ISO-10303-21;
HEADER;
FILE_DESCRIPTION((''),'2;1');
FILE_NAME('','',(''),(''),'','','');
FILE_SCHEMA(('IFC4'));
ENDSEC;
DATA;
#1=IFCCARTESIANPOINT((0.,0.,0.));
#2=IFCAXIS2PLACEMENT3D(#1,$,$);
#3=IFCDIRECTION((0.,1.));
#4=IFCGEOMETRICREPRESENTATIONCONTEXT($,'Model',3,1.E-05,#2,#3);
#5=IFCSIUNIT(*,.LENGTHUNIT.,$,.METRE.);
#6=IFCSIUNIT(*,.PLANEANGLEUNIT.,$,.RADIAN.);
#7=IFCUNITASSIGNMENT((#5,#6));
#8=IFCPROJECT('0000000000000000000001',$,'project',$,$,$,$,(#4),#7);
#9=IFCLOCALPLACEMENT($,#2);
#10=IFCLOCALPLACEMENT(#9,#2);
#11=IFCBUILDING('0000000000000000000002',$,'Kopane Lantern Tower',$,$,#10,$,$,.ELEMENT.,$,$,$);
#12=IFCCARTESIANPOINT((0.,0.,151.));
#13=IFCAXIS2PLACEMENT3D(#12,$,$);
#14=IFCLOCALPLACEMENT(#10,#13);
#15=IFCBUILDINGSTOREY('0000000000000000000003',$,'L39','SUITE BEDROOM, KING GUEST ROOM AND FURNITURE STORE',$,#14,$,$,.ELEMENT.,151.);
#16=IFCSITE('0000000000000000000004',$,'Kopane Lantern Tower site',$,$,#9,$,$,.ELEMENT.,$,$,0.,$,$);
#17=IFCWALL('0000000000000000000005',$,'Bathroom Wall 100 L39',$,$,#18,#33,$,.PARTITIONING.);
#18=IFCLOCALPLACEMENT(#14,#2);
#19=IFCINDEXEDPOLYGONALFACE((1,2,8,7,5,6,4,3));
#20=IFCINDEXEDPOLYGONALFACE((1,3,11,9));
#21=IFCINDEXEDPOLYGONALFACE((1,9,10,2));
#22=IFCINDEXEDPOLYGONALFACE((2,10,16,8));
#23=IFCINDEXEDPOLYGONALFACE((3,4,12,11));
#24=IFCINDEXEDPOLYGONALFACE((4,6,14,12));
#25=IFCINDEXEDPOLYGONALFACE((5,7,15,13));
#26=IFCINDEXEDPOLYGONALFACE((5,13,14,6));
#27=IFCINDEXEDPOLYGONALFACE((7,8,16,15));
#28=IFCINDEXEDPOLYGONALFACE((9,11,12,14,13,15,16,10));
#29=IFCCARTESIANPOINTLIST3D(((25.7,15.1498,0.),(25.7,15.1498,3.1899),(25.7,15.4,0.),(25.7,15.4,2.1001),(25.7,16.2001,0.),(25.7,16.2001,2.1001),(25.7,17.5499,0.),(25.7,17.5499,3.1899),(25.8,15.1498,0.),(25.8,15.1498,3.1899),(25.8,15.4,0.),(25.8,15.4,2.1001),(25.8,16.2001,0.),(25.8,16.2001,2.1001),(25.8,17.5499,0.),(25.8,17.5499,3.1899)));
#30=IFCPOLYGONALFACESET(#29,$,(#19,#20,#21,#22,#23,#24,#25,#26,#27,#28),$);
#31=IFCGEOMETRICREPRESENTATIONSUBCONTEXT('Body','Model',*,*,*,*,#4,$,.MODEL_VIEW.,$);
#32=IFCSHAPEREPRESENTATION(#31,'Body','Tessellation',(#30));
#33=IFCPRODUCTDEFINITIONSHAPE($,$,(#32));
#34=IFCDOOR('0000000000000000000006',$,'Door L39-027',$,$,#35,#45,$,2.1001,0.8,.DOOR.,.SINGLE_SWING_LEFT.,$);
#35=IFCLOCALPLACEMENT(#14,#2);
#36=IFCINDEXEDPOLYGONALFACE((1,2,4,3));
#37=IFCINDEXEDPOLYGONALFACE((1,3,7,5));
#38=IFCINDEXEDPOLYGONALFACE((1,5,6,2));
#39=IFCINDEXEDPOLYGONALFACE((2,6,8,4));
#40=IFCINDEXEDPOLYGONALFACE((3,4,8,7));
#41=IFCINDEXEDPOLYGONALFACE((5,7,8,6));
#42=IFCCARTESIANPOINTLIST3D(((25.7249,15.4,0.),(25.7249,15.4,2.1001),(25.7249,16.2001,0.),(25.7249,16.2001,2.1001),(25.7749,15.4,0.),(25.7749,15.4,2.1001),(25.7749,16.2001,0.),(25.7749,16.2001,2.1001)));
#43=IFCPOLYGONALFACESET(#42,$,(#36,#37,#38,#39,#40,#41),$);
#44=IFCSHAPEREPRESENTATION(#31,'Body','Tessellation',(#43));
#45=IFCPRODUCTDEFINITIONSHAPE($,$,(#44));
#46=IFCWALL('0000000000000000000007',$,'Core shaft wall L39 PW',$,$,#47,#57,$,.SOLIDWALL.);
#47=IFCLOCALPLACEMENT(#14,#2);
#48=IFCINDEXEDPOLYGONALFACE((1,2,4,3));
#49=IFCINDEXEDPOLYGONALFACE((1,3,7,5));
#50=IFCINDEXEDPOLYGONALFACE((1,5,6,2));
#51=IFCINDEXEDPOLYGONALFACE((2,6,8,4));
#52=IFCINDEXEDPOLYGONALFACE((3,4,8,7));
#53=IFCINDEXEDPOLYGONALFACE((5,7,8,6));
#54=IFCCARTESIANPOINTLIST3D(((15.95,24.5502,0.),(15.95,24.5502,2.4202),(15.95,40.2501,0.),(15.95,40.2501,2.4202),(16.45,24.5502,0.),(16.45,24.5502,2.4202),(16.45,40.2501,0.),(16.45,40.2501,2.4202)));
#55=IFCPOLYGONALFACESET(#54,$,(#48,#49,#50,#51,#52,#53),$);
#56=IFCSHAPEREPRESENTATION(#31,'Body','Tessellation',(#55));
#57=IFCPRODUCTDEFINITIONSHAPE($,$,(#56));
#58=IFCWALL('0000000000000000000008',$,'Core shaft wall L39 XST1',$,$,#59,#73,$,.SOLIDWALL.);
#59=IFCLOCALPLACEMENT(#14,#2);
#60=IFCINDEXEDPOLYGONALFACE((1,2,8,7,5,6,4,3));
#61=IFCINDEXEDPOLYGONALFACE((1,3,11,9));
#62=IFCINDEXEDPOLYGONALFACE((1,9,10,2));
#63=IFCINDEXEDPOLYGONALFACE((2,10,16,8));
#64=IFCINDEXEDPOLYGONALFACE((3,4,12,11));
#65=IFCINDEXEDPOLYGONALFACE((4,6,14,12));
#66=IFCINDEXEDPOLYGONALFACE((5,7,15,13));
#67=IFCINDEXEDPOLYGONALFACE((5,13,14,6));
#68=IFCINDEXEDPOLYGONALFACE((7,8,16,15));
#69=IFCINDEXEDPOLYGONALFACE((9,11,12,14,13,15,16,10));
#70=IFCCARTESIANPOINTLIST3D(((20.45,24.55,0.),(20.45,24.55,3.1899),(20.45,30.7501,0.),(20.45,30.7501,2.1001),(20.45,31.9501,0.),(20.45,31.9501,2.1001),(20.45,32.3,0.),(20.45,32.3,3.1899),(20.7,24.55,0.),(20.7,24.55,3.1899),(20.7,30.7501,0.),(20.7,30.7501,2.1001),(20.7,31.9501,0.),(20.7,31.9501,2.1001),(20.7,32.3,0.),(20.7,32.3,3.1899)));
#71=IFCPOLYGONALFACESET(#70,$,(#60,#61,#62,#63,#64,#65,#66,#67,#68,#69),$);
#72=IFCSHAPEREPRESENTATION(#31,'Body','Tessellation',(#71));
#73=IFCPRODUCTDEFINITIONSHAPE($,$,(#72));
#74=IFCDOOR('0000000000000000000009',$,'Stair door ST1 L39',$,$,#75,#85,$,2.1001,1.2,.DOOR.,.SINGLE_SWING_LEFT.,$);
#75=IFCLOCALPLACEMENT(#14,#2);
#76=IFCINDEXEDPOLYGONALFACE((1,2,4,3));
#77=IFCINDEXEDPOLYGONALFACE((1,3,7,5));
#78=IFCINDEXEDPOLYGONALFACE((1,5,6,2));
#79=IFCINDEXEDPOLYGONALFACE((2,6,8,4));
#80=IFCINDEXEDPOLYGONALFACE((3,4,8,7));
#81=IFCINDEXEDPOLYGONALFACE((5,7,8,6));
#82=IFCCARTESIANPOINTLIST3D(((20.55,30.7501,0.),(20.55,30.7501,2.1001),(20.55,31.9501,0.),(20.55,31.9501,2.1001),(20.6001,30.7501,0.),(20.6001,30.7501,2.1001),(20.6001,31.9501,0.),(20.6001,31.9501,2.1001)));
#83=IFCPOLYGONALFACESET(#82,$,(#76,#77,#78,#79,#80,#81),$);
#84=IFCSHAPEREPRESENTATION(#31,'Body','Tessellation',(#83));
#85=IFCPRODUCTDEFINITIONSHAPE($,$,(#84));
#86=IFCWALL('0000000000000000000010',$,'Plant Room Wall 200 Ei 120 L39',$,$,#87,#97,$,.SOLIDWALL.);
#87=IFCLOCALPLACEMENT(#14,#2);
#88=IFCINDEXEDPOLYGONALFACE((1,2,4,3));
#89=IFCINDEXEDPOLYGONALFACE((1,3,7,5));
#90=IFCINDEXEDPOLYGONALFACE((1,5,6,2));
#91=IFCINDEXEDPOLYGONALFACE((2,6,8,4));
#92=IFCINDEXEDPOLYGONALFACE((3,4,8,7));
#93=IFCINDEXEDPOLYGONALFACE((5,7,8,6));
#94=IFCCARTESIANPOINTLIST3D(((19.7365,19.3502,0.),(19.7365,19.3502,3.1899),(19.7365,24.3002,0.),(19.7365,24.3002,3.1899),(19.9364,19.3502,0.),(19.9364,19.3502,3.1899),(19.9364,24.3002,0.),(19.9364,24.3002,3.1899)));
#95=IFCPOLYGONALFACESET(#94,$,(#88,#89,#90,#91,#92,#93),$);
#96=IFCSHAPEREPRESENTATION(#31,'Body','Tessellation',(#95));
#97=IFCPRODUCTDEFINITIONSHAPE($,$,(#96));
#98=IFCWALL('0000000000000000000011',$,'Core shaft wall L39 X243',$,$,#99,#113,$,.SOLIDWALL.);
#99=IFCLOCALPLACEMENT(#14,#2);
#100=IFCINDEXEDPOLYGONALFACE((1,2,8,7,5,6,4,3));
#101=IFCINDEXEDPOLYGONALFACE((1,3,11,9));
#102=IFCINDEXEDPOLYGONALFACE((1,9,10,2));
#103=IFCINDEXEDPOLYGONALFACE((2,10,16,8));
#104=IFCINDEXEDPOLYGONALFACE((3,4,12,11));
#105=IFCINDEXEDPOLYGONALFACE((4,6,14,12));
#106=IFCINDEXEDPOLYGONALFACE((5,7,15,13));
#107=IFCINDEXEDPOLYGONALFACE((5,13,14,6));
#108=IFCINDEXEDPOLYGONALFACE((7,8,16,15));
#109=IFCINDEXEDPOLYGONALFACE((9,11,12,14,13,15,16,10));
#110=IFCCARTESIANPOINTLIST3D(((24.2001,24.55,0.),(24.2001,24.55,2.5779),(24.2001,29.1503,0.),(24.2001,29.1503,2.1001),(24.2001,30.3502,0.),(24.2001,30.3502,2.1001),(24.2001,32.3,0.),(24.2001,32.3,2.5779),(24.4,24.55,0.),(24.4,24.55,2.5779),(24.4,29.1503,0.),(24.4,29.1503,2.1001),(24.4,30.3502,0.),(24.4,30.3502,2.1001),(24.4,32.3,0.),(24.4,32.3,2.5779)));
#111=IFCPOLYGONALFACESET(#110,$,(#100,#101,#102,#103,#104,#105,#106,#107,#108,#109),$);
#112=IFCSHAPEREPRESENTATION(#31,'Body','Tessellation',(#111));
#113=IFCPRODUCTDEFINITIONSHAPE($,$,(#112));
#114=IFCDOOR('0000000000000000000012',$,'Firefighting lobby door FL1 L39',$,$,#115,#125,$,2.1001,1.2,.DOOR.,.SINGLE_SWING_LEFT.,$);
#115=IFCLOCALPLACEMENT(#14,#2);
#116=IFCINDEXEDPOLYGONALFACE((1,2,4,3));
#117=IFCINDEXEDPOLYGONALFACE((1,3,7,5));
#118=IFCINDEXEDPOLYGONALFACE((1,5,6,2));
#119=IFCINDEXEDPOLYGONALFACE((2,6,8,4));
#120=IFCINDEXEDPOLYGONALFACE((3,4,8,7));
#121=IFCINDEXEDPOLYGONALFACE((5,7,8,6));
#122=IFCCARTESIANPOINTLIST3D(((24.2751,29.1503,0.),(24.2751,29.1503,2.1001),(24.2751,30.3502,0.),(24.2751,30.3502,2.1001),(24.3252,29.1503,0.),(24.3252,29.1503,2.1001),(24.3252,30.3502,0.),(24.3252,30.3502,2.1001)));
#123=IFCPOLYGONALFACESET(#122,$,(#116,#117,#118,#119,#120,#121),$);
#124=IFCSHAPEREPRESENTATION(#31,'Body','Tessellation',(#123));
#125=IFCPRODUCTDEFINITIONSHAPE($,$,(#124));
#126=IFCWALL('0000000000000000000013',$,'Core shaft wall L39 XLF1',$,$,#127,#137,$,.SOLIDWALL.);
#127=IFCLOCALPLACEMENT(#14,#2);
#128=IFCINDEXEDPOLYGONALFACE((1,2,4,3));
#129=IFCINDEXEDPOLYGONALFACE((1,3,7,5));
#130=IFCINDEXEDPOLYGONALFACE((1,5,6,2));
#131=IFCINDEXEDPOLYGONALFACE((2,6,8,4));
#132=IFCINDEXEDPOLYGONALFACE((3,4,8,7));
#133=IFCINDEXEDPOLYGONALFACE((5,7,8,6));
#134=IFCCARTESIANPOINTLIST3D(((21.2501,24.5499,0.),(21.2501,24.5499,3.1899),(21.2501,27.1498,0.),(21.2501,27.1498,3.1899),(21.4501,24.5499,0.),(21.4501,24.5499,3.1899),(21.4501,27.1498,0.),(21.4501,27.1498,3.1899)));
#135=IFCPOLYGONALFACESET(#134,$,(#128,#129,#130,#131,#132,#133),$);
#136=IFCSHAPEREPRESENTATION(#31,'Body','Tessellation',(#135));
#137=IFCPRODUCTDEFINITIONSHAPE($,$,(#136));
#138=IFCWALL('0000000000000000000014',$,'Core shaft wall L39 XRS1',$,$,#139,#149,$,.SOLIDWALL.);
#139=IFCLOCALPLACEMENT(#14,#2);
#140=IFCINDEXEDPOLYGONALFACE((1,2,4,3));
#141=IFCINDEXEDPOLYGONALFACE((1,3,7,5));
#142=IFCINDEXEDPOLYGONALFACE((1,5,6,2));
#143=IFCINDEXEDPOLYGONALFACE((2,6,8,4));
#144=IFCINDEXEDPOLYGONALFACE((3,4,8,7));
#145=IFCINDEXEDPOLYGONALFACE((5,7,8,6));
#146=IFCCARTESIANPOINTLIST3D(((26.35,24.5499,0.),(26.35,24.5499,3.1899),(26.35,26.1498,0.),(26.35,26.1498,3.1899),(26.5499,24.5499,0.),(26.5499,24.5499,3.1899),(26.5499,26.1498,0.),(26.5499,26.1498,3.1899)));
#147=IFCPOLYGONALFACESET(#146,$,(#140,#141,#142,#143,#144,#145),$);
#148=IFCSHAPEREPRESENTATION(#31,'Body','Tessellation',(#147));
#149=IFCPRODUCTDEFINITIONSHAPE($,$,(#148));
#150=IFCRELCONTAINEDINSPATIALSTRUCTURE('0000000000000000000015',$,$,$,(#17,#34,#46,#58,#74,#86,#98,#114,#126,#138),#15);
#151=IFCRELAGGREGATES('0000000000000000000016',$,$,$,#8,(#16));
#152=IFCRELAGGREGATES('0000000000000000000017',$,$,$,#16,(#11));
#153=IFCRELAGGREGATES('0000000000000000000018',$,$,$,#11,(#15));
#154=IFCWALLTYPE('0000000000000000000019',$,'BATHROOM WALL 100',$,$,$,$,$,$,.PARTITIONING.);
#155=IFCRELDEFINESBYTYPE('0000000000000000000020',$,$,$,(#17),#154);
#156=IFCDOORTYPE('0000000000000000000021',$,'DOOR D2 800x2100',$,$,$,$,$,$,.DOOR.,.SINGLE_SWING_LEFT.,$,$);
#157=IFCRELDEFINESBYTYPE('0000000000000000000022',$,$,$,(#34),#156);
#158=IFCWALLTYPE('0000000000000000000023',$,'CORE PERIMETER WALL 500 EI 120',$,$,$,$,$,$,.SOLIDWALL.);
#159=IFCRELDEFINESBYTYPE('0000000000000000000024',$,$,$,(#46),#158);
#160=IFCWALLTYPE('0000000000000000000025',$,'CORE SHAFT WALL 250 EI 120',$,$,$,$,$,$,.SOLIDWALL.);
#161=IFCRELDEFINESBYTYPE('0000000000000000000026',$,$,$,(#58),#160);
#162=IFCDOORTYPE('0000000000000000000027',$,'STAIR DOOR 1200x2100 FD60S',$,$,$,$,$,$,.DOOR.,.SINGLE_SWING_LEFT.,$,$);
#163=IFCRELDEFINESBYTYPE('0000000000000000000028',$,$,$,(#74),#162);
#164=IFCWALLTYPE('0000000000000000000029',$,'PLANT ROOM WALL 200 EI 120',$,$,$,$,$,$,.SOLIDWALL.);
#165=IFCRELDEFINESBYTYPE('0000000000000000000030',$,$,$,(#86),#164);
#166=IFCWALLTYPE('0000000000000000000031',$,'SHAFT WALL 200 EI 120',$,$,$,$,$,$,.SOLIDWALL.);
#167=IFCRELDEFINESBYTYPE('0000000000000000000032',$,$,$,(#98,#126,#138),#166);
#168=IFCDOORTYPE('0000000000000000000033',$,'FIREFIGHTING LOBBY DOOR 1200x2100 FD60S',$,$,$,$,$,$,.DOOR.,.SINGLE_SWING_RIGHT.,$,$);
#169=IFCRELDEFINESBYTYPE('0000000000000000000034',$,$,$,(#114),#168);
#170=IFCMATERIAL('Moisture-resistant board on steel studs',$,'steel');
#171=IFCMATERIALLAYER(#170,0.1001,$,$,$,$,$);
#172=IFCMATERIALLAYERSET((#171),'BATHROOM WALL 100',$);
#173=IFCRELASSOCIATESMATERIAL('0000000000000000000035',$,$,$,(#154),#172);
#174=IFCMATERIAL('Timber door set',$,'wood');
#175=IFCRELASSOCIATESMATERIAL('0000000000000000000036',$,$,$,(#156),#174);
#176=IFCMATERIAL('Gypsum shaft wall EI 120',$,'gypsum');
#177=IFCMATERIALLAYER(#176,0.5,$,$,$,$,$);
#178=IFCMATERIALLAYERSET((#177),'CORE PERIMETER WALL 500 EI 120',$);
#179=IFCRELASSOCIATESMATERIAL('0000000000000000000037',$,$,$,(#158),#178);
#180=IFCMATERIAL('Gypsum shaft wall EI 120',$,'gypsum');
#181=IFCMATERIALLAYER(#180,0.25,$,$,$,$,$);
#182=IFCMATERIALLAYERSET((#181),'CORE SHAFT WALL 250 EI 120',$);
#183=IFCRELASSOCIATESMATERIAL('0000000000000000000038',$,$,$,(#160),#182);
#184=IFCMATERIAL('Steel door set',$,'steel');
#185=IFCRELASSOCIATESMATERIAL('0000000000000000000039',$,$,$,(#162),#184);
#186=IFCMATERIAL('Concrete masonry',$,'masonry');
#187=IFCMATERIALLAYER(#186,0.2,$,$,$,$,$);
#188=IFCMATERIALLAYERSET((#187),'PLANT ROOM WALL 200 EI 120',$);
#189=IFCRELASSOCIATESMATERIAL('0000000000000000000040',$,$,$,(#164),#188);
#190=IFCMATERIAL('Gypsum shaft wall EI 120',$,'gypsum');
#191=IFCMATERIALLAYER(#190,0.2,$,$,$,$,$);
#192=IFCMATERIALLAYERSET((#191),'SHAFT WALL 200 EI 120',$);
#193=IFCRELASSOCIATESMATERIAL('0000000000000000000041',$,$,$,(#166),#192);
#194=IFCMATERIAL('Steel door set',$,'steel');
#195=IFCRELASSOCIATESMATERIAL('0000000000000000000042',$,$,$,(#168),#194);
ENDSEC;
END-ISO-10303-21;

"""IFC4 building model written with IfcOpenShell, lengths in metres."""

from ifc_helpers import new_model, si_unit, direction, frame, frame_2d, origin, place, context, subcontext, project, spatial, rectangle, extrude, material, layer, layer_set, type_object, element, fill, save


model = new_model("IFC4")

# Units and contexts
model_context = context("Model", 3, precision=1e-05, world=origin(), true_north=direction((0.0, 1.0)))
body_context = subcontext(model_context, "Body", "Model", "MODEL_VIEW")
ifc_project = project(units=[si_unit("LENGTHUNIT", "METRE"), si_unit("PLANEANGLEUNIT", "RADIAN")], contexts=[model_context])

# Site, building, storey
site_placement = place(None, origin())
site = spatial("IfcSite", under=ifc_project, at=site_placement, Name="Kopane Lantern Tower site", CompositionType="ELEMENT", RefElevation=0.0)
building_placement = place(site_placement, origin())
building = spatial("IfcBuilding", under=site, at=building_placement, Name="Kopane Lantern Tower", CompositionType="ELEMENT")
storey_placement = place(building_placement, frame((0.0, 0.0, 151.0)))
storey = spatial("IfcBuildingStorey", under=building, at=storey_placement, Name="L39", Description="SUITE BEDROOM, KING GUEST ROOM AND FURNITURE STORE", CompositionType="ELEMENT", Elevation=151.0)

# Wall, opening, door
ifc_material_1 = material(Name="Moisture-resistant board on steel studs", Category="steel")
ifc_layer_1 = layer(ifc_material_1, 0.1001)
ifc_layer_set_1 = layer_set([ifc_layer_1], Name="BATHROOM WALL 100")
wall_type_1 = type_object("IfcWallType", Name="BATHROOM WALL 100", PredefinedType="PARTITIONING", material=ifc_layer_set_1)
ifc_material_2 = material(Name="Timber door set", Category="wood")
door_type_1 = type_object("IfcDoorType", Name="DOOR D2 800x2100", OperationType="SINGLE_SWING_LEFT", PredefinedType="DOOR", material=ifc_material_2)
wall_1_placement = place(storey_placement, frame((25.75, 17.55, 0.0), z_axis=(0.0, 0.0, 1.0), x_axis=(0.0, -1.0, 0.0)))
wall_1 = element("IfcWall", 1, at=wall_1_placement, inside=storey, type_object=wall_type_1, Name="Bathroom Wall 100 L39", PredefinedType="PARTITIONING", context=body_context, shape_type="SweptSolid", body=[
    extrude(rectangle(XDim=2.4001, YDim=0.1001, at=frame_2d((1.2002, 0.0))), origin(), (0.0, 0.0, 1.0), 3.1899),
])
opening_1_placement = place(wall_1_placement, frame((1.3501, 0.0, 0.0)))
opening_1 = element("IfcOpeningElement", 2, at=opening_1_placement, cuts=wall_1, PredefinedType="OPENING", context=body_context, shape_type="SweptSolid", body=[
    extrude(rectangle(XDim=0.8, YDim=2.1001, at=frame_2d((0.3999, 1.05))), frame((0.0, 0.0601, 0.0), z_axis=(0.0, -1.0, 0.0), x_axis=(1.0, 0.0, 0.0)), (0.0, 0.0, 1.0), 0.1201),
])
door_1_placement = place(opening_1_placement, origin())
door_1 = element("IfcDoor", 3, at=door_1_placement, inside=storey, type_object=door_type_1, Name="Door L39-027", OperationType="SINGLE_SWING_LEFT", OverallHeight=2.1001, OverallWidth=0.8, PredefinedType="DOOR", context=body_context, shape_type="SweptSolid", body=[
    extrude(rectangle(XDim=0.8, YDim=2.1001, at=frame_2d((0.3999, 1.05))), frame((0.0, 0.0249, 0.0), z_axis=(0.0, -1.0, 0.0), x_axis=(1.0, 0.0, 0.0)), (0.0, 0.0, 1.0), 0.05),
])
fill(opening_1, door_1)

# Wall
ifc_material_3 = material(Name="Gypsum shaft wall EI 120", Category="gypsum")
ifc_layer_2 = layer(ifc_material_3, 0.5)
ifc_layer_set_2 = layer_set([ifc_layer_2], Name="CORE PERIMETER WALL 500 EI 120")
wall_type_2 = type_object("IfcWallType", Name="CORE PERIMETER WALL 500 EI 120", PredefinedType="SOLIDWALL", material=ifc_layer_set_2)
wall_2_placement = place(storey_placement, frame((16.2, 24.55, 0.0), z_axis=(0.0, 0.0, 1.0), x_axis=(0.0, 1.0, 0.0)))
element("IfcWall", 4, at=wall_2_placement, inside=storey, type_object=wall_type_2, Name="Core shaft wall L39 PW", PredefinedType="SOLIDWALL", context=body_context, shape_type="SweptSolid", body=[
    extrude(rectangle(XDim=15.7, YDim=0.5, at=frame_2d((7.8501, 0.0))), origin(), (0.0, 0.0, 1.0), 2.4202),
])

# Wall, opening, door
ifc_material_4 = material(Name="Gypsum shaft wall EI 120", Category="gypsum")
ifc_layer_3 = layer(ifc_material_4, 0.25)
ifc_layer_set_3 = layer_set([ifc_layer_3], Name="CORE SHAFT WALL 250 EI 120")
wall_type_3 = type_object("IfcWallType", Name="CORE SHAFT WALL 250 EI 120", PredefinedType="SOLIDWALL", material=ifc_layer_set_3)
wall_3_placement = place(storey_placement, frame((20.575, 24.55, 0.0), z_axis=(0.0, 0.0, 1.0), x_axis=(0.0, 1.0, 0.0)))
wall_3 = element("IfcWall", 5, at=wall_3_placement, inside=storey, type_object=wall_type_3, Name="Core shaft wall L39 XST1", PredefinedType="SOLIDWALL", context=body_context, shape_type="SweptSolid", body=[
    extrude(rectangle(XDim=7.75, YDim=0.25, at=frame_2d((3.875, 0.0))), origin(), (0.0, 0.0, 1.0), 3.1899),
])
opening_2_placement = place(wall_3_placement, frame((6.2, 0.0, 0.0)))
opening_2 = element("IfcOpeningElement", 6, at=opening_2_placement, cuts=wall_3, PredefinedType="OPENING", context=body_context, shape_type="SweptSolid", body=[
    extrude(rectangle(XDim=1.2, YDim=2.1001, at=frame_2d((0.6001, 1.05))), frame((0.0, 0.135, 0.0), z_axis=(0.0, -1.0, 0.0), x_axis=(1.0, 0.0, 0.0)), (0.0, 0.0, 1.0), 0.27),
])
ifc_material_5 = material(Name="Steel door set", Category="steel")
door_type_2 = type_object("IfcDoorType", Name="STAIR DOOR 1200x2100 FD60S", OperationType="SINGLE_SWING_LEFT", PredefinedType="DOOR", material=ifc_material_5)
door_2_placement = place(opening_2_placement, origin())
door_2 = element("IfcDoor", 7, at=door_2_placement, inside=storey, type_object=door_type_2, Name="Stair door ST1 L39", OperationType="SINGLE_SWING_LEFT", OverallHeight=2.1001, OverallWidth=1.2, PredefinedType="DOOR", context=body_context, shape_type="SweptSolid", body=[
    extrude(rectangle(XDim=1.2, YDim=2.1001, at=frame_2d((0.6001, 1.05))), frame((0.0, 0.0249, 0.0), z_axis=(0.0, -1.0, 0.0), x_axis=(1.0, 0.0, 0.0)), (0.0, 0.0, 1.0), 0.05),
])
fill(opening_2, door_2)

# Wall
ifc_material_6 = material(Name="Concrete masonry", Category="masonry")
ifc_layer_4 = layer(ifc_material_6, 0.2)
ifc_layer_set_4 = layer_set([ifc_layer_4], Name="PLANT ROOM WALL 200 EI 120")
wall_type_4 = type_object("IfcWallType", Name="PLANT ROOM WALL 200 EI 120", PredefinedType="SOLIDWALL", material=ifc_layer_set_4)
wall_4_placement = place(storey_placement, frame((19.8364, 19.3501, 0.0), z_axis=(0.0, 0.0, 1.0), x_axis=(0.0, 1.0, 0.0)))
element("IfcWall", 8, at=wall_4_placement, inside=storey, type_object=wall_type_4, Name="Plant Room Wall 200 Ei 120 L39", PredefinedType="SOLIDWALL", context=body_context, shape_type="SweptSolid", body=[
    extrude(rectangle(XDim=4.95, YDim=0.2, at=frame_2d((2.4751, 0.0))), origin(), (0.0, 0.0, 1.0), 3.1899),
])

# Wall, opening, door
ifc_material_7 = material(Name="Gypsum shaft wall EI 120", Category="gypsum")
ifc_layer_5 = layer(ifc_material_7, 0.2)
ifc_layer_set_5 = layer_set([ifc_layer_5], Name="SHAFT WALL 200 EI 120")
wall_type_5 = type_object("IfcWallType", Name="SHAFT WALL 200 EI 120", PredefinedType="SOLIDWALL", material=ifc_layer_set_5)
wall_5_placement = place(storey_placement, frame((24.3, 24.55, 0.0), z_axis=(0.0, 0.0, 1.0), x_axis=(0.0, 1.0, 0.0)))
wall_5 = element("IfcWall", 9, at=wall_5_placement, inside=storey, type_object=wall_type_5, Name="Core shaft wall L39 X243", PredefinedType="SOLIDWALL", context=body_context, shape_type="SweptSolid", body=[
    extrude(rectangle(XDim=7.75, YDim=0.2, at=frame_2d((3.875, 0.0))), origin(), (0.0, 0.0, 1.0), 2.5779),
])
opening_3_placement = place(wall_5_placement, frame((4.6001, 0.0, 0.0)))
opening_3 = element("IfcOpeningElement", 10, at=opening_3_placement, cuts=wall_5, PredefinedType="OPENING", context=body_context, shape_type="SweptSolid", body=[
    extrude(rectangle(XDim=1.2, YDim=2.1001, at=frame_2d((0.6001, 1.05))), frame((0.0, 0.1099, 0.0), z_axis=(0.0, -1.0, 0.0), x_axis=(1.0, 0.0, 0.0)), (0.0, 0.0, 1.0), 0.22),
])
ifc_material_8 = material(Name="Steel door set", Category="steel")
door_type_3 = type_object("IfcDoorType", Name="FIREFIGHTING LOBBY DOOR 1200x2100 FD60S", OperationType="SINGLE_SWING_RIGHT", PredefinedType="DOOR", material=ifc_material_8)
door_3_placement = place(opening_3_placement, origin())
door_3 = element("IfcDoor", 11, at=door_3_placement, inside=storey, type_object=door_type_3, Name="Firefighting lobby door FL1 L39", OperationType="SINGLE_SWING_LEFT", OverallHeight=2.1001, OverallWidth=1.2, PredefinedType="DOOR", context=body_context, shape_type="SweptSolid", body=[
    extrude(rectangle(XDim=1.2, YDim=2.1001, at=frame_2d((0.6001, 1.05))), frame((0.0, 0.0249, 0.0), z_axis=(0.0, -1.0, 0.0), x_axis=(1.0, 0.0, 0.0)), (0.0, 0.0, 1.0), 0.05),
])
fill(opening_3, door_3)

# Walls
wall_6_placement = place(storey_placement, frame((21.3501, 24.55, 0.0), z_axis=(0.0, 0.0, 1.0), x_axis=(0.0, 1.0, 0.0)))
element("IfcWall", 12, at=wall_6_placement, inside=storey, type_object=wall_type_5, Name="Core shaft wall L39 XLF1", PredefinedType="SOLIDWALL", context=body_context, shape_type="SweptSolid", body=[
    extrude(rectangle(XDim=2.5999, YDim=0.2, at=frame_2d((1.2998, 0.0))), origin(), (0.0, 0.0, 1.0), 3.1899),
])
wall_7_placement = place(storey_placement, frame((26.45, 24.55, 0.0), z_axis=(0.0, 0.0, 1.0), x_axis=(0.0, 1.0, 0.0)))
element("IfcWall", 13, at=wall_7_placement, inside=storey, type_object=wall_type_5, Name="Core shaft wall L39 XRS1", PredefinedType="SOLIDWALL", context=body_context, shape_type="SweptSolid", body=[
    extrude(rectangle(XDim=1.5999, YDim=0.2, at=frame_2d((0.7998, 0.0))), origin(), (0.0, 0.0, 1.0), 3.1899),
])

save(model, "model.ifc")
